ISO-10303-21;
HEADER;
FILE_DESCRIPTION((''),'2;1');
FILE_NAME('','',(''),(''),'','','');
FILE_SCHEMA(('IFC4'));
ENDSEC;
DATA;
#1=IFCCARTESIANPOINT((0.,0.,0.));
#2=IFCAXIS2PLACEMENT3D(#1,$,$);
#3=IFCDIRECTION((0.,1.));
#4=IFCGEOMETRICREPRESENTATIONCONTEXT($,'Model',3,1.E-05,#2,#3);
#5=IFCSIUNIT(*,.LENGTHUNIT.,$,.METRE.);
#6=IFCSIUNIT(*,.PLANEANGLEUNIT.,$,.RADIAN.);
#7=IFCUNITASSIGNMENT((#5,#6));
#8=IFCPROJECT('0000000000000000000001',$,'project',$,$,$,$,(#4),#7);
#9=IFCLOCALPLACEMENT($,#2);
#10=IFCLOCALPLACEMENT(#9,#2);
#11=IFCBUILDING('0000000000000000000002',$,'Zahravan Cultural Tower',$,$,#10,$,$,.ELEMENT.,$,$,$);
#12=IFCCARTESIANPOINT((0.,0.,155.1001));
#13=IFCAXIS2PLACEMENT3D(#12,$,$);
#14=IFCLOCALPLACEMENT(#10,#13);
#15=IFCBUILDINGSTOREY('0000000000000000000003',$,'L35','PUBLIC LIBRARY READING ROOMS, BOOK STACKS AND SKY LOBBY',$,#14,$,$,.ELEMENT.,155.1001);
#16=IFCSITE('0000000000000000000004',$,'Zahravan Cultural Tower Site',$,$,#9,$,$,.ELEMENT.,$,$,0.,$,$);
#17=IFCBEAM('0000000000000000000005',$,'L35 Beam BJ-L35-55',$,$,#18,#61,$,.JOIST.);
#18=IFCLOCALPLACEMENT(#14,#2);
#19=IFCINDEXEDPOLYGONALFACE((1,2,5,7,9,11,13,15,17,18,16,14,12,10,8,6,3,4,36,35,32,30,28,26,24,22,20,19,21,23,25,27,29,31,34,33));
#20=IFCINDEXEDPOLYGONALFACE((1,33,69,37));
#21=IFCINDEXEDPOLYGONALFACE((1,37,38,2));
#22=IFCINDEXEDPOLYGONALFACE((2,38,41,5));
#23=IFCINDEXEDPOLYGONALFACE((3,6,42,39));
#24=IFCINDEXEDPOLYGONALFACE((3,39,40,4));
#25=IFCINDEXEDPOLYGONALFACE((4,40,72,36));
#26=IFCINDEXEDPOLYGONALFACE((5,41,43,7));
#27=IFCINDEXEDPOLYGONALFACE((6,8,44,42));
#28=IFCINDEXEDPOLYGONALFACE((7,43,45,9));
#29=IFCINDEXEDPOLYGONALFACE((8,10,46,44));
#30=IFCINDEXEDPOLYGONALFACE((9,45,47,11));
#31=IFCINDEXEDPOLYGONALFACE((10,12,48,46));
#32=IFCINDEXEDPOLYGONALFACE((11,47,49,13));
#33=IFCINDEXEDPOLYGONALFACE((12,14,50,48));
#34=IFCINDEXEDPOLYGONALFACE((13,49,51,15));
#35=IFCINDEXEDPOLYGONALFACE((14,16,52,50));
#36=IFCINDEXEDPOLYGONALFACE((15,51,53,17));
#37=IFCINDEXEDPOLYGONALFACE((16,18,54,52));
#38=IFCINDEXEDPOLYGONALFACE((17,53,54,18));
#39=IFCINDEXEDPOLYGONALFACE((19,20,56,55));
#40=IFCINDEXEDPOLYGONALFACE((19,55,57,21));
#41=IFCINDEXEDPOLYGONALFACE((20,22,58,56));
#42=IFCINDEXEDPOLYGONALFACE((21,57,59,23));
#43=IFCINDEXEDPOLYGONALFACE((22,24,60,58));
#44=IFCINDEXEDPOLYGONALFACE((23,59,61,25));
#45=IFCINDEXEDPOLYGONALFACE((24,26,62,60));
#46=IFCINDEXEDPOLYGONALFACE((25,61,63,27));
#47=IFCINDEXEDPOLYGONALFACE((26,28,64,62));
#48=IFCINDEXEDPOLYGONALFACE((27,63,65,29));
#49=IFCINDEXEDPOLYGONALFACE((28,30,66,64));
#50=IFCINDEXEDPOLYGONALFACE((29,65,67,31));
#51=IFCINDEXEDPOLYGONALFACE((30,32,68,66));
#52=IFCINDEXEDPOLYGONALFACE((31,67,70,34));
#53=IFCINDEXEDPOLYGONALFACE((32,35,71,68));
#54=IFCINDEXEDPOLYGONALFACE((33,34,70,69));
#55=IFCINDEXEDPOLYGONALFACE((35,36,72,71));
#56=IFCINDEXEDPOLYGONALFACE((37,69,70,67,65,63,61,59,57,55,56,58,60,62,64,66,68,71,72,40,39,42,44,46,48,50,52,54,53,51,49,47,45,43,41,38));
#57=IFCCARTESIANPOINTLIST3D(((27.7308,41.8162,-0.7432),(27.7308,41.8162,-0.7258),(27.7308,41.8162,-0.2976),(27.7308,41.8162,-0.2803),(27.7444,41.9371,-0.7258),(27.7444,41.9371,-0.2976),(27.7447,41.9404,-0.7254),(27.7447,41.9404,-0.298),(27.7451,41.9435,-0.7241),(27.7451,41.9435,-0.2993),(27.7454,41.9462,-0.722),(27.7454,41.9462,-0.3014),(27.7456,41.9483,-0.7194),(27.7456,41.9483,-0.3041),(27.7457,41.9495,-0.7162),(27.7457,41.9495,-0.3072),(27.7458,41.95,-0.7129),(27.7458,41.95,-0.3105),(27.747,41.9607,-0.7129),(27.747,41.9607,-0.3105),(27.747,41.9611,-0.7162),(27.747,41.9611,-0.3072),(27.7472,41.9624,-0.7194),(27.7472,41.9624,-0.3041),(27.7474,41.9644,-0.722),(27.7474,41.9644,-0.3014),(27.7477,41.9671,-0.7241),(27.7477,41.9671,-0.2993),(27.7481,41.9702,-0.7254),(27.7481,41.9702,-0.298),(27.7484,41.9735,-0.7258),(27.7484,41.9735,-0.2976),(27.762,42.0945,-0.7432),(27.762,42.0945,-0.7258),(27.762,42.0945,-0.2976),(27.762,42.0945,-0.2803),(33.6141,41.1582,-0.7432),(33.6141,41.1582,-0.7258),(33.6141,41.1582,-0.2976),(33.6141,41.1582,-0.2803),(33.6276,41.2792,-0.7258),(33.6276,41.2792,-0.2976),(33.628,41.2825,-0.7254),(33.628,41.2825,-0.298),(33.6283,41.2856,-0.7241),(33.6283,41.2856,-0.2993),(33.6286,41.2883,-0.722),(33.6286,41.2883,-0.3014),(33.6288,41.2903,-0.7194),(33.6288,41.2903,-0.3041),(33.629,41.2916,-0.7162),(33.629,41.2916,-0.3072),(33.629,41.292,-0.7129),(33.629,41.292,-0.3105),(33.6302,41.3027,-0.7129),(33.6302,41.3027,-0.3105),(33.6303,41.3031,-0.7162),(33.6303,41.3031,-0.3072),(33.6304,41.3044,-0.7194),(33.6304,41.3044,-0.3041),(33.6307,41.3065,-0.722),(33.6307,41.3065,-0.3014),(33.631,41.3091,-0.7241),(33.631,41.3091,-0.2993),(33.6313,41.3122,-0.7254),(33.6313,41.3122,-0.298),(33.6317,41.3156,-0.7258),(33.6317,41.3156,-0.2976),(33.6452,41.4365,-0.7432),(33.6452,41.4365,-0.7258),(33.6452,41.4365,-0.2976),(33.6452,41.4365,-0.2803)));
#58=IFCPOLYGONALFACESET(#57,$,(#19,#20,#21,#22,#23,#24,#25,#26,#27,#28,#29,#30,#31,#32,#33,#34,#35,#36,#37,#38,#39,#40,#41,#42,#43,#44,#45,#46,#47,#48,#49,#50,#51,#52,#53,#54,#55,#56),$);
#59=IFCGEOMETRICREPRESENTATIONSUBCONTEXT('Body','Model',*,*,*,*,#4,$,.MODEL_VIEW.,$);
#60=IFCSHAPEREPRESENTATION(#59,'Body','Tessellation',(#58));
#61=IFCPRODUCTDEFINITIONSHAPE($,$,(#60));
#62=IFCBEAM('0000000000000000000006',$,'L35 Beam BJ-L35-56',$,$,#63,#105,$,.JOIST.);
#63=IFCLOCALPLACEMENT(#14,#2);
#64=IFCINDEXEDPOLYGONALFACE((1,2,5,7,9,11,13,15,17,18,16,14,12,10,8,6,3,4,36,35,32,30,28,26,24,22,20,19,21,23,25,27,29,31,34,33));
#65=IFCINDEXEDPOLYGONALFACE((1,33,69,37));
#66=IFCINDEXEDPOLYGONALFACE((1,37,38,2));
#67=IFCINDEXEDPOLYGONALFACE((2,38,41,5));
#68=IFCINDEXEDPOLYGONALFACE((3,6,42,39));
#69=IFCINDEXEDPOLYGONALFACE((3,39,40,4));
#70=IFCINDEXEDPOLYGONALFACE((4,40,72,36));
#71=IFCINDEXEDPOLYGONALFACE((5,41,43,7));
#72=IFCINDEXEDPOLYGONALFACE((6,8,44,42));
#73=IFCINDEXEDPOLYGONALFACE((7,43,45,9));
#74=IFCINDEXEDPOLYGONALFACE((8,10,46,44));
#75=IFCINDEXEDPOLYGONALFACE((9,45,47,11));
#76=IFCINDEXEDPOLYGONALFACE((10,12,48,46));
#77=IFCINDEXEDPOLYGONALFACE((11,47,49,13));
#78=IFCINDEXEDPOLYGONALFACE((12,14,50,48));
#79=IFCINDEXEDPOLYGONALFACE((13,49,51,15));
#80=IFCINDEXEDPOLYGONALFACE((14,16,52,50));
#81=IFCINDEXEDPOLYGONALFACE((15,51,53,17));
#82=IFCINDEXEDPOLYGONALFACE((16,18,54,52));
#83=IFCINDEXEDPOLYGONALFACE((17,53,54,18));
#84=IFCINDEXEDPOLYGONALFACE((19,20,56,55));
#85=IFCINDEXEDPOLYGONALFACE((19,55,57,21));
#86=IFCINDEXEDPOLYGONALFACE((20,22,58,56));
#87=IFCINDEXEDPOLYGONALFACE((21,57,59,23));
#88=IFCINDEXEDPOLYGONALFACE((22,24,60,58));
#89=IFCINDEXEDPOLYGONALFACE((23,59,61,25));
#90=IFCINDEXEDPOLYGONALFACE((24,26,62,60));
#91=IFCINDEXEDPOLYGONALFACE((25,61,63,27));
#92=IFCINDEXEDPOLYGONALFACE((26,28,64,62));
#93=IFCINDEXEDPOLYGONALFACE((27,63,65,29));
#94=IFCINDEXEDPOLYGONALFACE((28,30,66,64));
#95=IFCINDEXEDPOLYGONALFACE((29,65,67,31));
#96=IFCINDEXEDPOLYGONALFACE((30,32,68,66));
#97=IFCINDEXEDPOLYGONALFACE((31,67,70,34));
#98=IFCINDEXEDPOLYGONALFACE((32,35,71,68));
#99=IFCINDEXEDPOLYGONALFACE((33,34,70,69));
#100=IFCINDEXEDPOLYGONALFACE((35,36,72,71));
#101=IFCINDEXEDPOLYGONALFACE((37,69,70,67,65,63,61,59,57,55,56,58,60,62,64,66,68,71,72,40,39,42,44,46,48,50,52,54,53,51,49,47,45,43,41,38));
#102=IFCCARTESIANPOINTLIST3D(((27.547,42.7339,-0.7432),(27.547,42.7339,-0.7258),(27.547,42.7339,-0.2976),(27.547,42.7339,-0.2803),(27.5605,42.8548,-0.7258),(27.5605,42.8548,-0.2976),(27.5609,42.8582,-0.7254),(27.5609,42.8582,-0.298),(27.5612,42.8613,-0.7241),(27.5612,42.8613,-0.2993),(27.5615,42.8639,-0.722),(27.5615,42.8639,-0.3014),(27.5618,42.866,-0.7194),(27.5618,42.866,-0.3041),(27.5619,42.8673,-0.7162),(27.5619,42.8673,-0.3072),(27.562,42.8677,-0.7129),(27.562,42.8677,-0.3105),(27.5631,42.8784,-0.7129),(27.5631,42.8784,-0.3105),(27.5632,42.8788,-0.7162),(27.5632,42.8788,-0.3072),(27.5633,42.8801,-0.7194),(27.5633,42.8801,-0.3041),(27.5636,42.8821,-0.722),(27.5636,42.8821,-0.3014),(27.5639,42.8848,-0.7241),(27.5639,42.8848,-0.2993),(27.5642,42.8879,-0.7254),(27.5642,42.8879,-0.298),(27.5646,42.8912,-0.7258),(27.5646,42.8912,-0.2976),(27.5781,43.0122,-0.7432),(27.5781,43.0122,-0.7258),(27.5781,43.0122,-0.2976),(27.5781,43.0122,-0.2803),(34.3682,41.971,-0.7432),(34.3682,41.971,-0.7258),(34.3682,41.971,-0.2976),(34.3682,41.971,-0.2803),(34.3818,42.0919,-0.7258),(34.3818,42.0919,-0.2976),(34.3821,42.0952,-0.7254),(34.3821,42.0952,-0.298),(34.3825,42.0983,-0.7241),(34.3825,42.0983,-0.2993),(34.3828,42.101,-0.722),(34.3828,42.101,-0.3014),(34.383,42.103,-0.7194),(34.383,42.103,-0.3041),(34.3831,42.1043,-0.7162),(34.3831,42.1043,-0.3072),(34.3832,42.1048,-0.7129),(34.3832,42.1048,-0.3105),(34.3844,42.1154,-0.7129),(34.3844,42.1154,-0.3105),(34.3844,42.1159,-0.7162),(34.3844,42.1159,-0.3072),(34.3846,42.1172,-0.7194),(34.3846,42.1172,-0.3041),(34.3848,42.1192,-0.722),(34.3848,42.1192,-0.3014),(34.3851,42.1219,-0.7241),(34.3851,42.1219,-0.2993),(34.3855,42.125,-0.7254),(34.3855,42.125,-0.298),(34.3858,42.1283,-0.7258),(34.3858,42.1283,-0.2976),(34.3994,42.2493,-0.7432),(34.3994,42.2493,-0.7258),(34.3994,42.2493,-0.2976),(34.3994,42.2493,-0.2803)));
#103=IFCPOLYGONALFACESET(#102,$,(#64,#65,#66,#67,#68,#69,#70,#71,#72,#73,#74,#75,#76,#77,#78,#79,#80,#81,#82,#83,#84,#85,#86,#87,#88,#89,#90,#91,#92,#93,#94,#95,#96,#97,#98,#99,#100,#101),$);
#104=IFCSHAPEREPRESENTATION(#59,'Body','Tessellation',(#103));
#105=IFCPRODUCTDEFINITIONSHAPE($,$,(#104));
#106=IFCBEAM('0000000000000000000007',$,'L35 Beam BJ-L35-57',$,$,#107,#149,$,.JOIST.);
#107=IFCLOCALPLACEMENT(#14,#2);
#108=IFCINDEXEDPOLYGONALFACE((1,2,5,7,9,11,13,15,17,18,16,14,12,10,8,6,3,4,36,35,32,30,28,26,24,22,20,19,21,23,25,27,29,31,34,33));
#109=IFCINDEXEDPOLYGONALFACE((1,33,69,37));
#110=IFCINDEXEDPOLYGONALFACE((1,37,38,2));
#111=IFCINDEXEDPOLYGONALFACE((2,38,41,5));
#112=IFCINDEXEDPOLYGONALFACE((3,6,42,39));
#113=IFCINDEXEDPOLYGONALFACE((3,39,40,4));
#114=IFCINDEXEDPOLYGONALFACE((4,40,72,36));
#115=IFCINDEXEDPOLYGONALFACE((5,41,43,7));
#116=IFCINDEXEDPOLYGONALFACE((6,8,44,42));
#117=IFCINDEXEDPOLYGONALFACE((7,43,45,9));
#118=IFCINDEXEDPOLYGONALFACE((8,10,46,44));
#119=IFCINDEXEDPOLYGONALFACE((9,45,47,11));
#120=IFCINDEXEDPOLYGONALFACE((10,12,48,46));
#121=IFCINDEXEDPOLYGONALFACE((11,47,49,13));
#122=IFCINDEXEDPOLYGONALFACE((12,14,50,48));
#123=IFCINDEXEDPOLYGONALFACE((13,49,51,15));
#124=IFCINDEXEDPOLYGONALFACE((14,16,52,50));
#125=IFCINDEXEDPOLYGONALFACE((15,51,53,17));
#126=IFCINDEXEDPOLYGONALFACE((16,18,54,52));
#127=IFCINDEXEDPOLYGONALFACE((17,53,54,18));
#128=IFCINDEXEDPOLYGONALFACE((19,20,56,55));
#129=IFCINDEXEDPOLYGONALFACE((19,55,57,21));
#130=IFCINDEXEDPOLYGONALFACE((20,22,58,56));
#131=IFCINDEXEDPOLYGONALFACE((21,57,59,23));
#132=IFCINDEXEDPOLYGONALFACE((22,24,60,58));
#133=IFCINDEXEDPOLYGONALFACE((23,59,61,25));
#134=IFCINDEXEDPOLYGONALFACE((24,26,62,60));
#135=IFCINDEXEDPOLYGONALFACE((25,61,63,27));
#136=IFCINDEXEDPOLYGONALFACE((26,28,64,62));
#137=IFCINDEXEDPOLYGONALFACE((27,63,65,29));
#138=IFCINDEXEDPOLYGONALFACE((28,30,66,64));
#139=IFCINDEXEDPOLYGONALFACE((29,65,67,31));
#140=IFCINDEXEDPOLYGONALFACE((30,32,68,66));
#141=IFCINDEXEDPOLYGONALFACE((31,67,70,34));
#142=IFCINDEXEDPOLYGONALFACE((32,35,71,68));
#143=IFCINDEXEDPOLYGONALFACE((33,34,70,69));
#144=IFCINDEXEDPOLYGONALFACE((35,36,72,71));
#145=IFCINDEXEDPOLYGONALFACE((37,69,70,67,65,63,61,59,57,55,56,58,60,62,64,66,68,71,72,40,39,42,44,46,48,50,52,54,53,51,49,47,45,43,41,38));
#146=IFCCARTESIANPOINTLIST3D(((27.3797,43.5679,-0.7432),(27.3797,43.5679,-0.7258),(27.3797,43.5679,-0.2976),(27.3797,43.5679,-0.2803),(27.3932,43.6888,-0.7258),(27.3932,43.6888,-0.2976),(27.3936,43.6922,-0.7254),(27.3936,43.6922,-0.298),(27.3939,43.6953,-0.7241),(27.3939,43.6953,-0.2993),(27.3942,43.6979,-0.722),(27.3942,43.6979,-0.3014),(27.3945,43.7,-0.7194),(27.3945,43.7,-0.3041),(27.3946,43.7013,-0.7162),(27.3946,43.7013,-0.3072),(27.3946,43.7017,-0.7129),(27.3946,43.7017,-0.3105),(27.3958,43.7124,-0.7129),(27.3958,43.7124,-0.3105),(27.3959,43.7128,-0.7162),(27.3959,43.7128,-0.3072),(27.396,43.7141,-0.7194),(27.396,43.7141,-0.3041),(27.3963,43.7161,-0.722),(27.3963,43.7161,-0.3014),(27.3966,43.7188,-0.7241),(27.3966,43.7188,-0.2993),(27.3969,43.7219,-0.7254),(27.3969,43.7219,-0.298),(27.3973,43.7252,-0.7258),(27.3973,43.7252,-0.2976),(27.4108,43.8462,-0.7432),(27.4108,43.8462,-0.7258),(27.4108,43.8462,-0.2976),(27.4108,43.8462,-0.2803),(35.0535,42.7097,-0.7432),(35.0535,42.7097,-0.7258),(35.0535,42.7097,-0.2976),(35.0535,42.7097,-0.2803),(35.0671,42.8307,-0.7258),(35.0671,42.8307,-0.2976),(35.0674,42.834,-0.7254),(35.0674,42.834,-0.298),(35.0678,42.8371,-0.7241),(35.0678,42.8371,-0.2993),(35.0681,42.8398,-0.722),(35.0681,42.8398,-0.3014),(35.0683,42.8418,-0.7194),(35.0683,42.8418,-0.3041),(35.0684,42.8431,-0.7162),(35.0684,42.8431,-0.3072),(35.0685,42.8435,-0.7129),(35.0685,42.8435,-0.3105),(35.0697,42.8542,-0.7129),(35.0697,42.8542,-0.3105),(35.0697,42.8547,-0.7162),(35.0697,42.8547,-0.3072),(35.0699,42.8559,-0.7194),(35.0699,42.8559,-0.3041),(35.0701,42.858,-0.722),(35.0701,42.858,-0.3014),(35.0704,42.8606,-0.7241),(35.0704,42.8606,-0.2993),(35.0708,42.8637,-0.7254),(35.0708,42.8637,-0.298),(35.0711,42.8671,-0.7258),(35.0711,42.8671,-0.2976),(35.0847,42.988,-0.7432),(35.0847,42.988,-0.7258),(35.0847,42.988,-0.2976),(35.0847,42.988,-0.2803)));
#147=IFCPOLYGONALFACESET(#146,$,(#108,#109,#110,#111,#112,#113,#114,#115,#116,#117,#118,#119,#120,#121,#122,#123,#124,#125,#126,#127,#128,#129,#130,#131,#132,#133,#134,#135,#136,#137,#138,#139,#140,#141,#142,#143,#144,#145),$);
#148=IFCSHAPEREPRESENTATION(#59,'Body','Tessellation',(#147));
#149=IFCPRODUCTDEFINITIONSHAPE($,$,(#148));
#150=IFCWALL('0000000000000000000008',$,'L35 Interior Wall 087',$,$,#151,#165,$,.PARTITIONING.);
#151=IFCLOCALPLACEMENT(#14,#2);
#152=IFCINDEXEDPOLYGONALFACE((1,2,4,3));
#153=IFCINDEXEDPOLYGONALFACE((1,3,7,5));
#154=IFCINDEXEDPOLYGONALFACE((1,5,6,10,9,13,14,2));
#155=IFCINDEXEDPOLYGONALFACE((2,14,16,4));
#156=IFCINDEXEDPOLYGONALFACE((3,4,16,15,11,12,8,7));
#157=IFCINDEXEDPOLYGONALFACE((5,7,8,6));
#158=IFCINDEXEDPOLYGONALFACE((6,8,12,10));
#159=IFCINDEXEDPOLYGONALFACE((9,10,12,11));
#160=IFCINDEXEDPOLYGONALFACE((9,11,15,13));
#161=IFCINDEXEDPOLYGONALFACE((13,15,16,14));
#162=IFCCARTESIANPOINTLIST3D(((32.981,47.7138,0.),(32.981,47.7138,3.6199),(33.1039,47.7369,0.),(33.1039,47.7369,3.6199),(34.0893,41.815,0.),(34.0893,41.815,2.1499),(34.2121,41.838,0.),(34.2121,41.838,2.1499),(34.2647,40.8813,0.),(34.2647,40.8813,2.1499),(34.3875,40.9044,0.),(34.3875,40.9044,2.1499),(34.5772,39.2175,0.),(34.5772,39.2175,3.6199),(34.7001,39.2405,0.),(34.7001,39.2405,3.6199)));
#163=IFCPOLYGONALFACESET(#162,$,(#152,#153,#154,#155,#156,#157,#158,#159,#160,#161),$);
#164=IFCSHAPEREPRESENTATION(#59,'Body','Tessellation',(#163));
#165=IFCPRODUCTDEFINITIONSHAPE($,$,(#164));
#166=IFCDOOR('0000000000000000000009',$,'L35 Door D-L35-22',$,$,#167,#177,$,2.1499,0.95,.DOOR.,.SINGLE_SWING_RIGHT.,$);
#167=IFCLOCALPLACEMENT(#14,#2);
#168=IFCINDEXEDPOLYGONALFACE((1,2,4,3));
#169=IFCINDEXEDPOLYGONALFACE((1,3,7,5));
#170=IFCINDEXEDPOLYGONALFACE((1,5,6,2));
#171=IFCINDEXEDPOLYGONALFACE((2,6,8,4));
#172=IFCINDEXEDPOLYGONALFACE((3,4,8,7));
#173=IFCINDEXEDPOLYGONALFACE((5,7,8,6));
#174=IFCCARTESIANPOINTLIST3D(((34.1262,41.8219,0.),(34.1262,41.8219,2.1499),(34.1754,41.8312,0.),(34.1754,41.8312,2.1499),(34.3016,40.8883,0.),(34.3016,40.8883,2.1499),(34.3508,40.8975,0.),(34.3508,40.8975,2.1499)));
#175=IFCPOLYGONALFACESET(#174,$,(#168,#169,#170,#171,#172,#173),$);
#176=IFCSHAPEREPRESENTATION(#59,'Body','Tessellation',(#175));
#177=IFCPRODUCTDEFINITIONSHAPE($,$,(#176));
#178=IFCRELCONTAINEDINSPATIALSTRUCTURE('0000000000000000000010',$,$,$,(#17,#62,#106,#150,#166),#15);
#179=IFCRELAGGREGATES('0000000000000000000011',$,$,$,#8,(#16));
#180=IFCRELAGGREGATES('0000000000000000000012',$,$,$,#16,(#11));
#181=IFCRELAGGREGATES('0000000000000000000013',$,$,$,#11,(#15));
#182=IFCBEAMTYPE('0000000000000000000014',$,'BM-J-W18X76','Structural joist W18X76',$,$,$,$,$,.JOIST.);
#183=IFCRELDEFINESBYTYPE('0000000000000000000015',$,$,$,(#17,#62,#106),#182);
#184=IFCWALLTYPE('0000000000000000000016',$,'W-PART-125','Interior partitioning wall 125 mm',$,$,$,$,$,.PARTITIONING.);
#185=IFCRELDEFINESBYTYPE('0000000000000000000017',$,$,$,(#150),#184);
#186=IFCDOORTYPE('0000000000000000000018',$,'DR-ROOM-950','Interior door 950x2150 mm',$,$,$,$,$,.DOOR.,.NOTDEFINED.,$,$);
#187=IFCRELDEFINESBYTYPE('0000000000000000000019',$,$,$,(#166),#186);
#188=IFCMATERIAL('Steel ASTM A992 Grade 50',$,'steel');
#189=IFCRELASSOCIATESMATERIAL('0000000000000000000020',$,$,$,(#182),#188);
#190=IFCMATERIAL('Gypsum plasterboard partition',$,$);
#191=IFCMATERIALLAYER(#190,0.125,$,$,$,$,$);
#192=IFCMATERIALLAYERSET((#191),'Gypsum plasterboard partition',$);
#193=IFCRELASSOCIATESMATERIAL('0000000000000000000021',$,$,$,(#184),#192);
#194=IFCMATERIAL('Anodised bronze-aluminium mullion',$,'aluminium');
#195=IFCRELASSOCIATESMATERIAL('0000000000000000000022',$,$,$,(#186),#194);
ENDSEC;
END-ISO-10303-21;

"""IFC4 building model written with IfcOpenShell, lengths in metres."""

from ifc_helpers import new_model, si_unit, direction, frame, frame_2d, origin, origin_2d, place, context, subcontext, project, spatial, rectangle, i_section, extrude, source, transform, mapped, material, layer, layer_set, material_profile, profile_set, type_object, element, fill, save


model = new_model("IFC4")

# Units and contexts
model_context = context("Model", 3, precision=1e-05, world=origin(), true_north=direction((0.0, 1.0)))
body_context = subcontext(model_context, "Body", "Model", "MODEL_VIEW")
ifc_project = project(units=[si_unit("LENGTHUNIT", "METRE"), si_unit("PLANEANGLEUNIT", "RADIAN")], contexts=[model_context])

# Site, building, storey
site_placement = place(None, origin())
site = spatial("IfcSite", under=ifc_project, at=site_placement, Name="Zahravan Cultural Tower Site", CompositionType="ELEMENT", RefElevation=0.0)
building_placement = place(site_placement, origin())
building = spatial("IfcBuilding", under=site, at=building_placement, Name="Zahravan Cultural Tower", CompositionType="ELEMENT")
storey_placement = place(building_placement, frame((0.0, 0.0, 155.1001)))
storey = spatial("IfcBuildingStorey", under=building, at=storey_placement, Name="L35", Description="PUBLIC LIBRARY READING ROOMS, BOOK STACKS AND SKY LOBBY", CompositionType="ELEMENT", Elevation=155.1001)

# Shared definitions
ifc_material_1 = material(Name="Steel ASTM A992 Grade 50", Category="steel")

# Beams
ifc_material_profile_1 = material_profile(ifc_material_1, i_section(OverallWidth=0.28, OverallDepth=0.4629, WebThickness=0.0107, FlangeThickness=0.0173, FilletRadius=0.0129, at=origin_2d()), Name="W18X76")
ifc_profile_set_1 = profile_set([ifc_material_profile_1], Name="Steel ASTM A992 Grade 50")
beam_type_1 = type_object("IfcBeamType", Name="BM-J-W18X76", Description="Structural joist W18X76", PredefinedType="JOIST", material=ifc_profile_set_1)
shared_shape_1 = source(origin(), body_context, "Body", "SweptSolid", [
    extrude(i_section(OverallWidth=0.28, OverallDepth=0.4629, WebThickness=0.0107, FlangeThickness=0.0173, FilletRadius=0.0129, at=origin_2d()), origin(), (0.0, 0.0, 1.0), 5.9199),
])
beam_1_placement = place(storey_placement, frame((33.6296, 41.2974, -0.5117), z_axis=(-0.993805, 0.111142, 0.0), x_axis=(-0.111142, -0.993805, 0.0)))
element("IfcBeam", 1, at=beam_1_placement, inside=storey, type_object=beam_type_1, Name="L35 Beam BJ-L35-55", PredefinedType="JOIST", context=body_context, shape_type="MappedRepresentation", body=[
    mapped(shared_shape_1, transform((0.0, 0.0, 0.0), x_axis=(1.0, 0.0, 0.0), y_axis=(0.0, 1.0, 0.0), z_axis=(0.0, 0.0, 1.0), scale=1.0)),
])
shared_shape_2 = source(origin(), body_context, "Body", "SweptSolid", [
    extrude(i_section(OverallWidth=0.28, OverallDepth=0.4629, WebThickness=0.0107, FlangeThickness=0.0173, FilletRadius=0.0129, at=origin_2d()), origin(), (0.0, 0.0, 1.0), 6.8638),
])
beam_2_placement = place(storey_placement, frame((34.3838, 42.1101, -0.5117), z_axis=(-0.993803, 0.111154, 0.0), x_axis=(-0.111154, -0.993803, 0.0)))
element("IfcBeam", 2, at=beam_2_placement, inside=storey, type_object=beam_type_1, Name="L35 Beam BJ-L35-56", PredefinedType="JOIST", context=body_context, shape_type="MappedRepresentation", body=[
    mapped(shared_shape_2, transform((0.0, 0.0, 0.0), x_axis=(1.0, 0.0, 0.0), y_axis=(0.0, 1.0, 0.0), z_axis=(0.0, 0.0, 1.0), scale=1.0)),
])
shared_shape_3 = source(origin(), body_context, "Body", "SweptSolid", [
    extrude(i_section(OverallWidth=0.28, OverallDepth=0.4629, WebThickness=0.0107, FlangeThickness=0.0173, FilletRadius=0.0129, at=origin_2d()), origin(), (0.0, 0.0, 1.0), 7.7217),
])
beam_3_placement = place(storey_placement, frame((35.0691, 42.8489, -0.5117), z_axis=(-0.993805, 0.111136, 0.0), x_axis=(-0.111136, -0.993805, 0.0)))
element("IfcBeam", 3, at=beam_3_placement, inside=storey, type_object=beam_type_1, Name="L35 Beam BJ-L35-57", PredefinedType="JOIST", context=body_context, shape_type="MappedRepresentation", body=[
    mapped(shared_shape_3, transform((0.0, 0.0, 0.0), x_axis=(1.0, 0.0, 0.0), y_axis=(0.0, 1.0, 0.0), z_axis=(0.0, 0.0, 1.0), scale=1.0)),
])

# Wall, opening, door
ifc_material_2 = material(Name="Gypsum plasterboard partition")
ifc_layer_1 = layer(ifc_material_2, 0.125)
ifc_layer_set_1 = layer_set([ifc_layer_1], Name="Gypsum plasterboard partition")
wall_type_1 = type_object("IfcWallType", Name="W-PART-125", Description="Interior partitioning wall 125 mm", PredefinedType="PARTITIONING", material=ifc_layer_set_1)
wall_1_placement = place(storey_placement, frame((34.6387, 39.229, 0.0), z_axis=(0.0, 0.0, 1.0), x_axis=(-0.184638, 0.982807, 0.0)))
wall_1 = element("IfcWall", 4, at=wall_1_placement, inside=storey, type_object=wall_type_1, Name="L35 Interior Wall 087", PredefinedType="PARTITIONING", context=body_context, shape_type="SweptSolid", body=[
    extrude(rectangle(XDim=8.645, YDim=0.125, at=frame_2d((4.3225, 0.0))), origin(), (0.0, 0.0, 1.0), 3.6199),
])
opening_1_placement = place(wall_1_placement, frame((1.6929, 0.0, 0.0)))
opening_1 = element("IfcOpeningElement", 5, at=opening_1_placement, cuts=wall_1, PredefinedType="OPENING", context=body_context, shape_type="SweptSolid", body=[
    extrude(rectangle(XDim=0.95, YDim=2.1499, at=frame_2d((0.4751, 1.075))), frame((0.0, 0.0725, 0.0), z_axis=(0.0, -1.0, 0.0), x_axis=(1.0, 0.0, 0.0)), (0.0, 0.0, 1.0), 0.145),
])
ifc_material_3 = material(Name="Anodised bronze-aluminium mullion", Category="aluminium")
door_type = type_object("IfcDoorType", Name="DR-ROOM-950", Description="Interior door 950x2150 mm", OperationType="NOTDEFINED", PredefinedType="DOOR", material=ifc_material_3)
shared_shape_4 = source(origin(), body_context, "Body", "SweptSolid", [
    extrude(rectangle(XDim=0.95, YDim=2.1499, at=frame_2d((0.4751, 1.075))), frame((0.0, 0.0249, 0.0), z_axis=(0.0, -1.0, 0.0), x_axis=(1.0, 0.0, 0.0)), (0.0, 0.0, 1.0), 0.05),
])
door_1_placement = place(opening_1_placement, origin())
door_1 = element("IfcDoor", 6, at=door_1_placement, inside=storey, type_object=door_type, Name="L35 Door D-L35-22", OperationType="SINGLE_SWING_RIGHT", OverallHeight=2.1499, OverallWidth=0.95, PredefinedType="DOOR", context=body_context, shape_type="MappedRepresentation", body=[
    mapped(shared_shape_4, transform((0.0, 0.0, 0.0), x_axis=(1.0, 0.0, 0.0), y_axis=(0.0, 1.0, 0.0), z_axis=(0.0, 0.0, 1.0), scale=1.0)),
])
fill(opening_1, door_1)

save(model, "model.ifc")
